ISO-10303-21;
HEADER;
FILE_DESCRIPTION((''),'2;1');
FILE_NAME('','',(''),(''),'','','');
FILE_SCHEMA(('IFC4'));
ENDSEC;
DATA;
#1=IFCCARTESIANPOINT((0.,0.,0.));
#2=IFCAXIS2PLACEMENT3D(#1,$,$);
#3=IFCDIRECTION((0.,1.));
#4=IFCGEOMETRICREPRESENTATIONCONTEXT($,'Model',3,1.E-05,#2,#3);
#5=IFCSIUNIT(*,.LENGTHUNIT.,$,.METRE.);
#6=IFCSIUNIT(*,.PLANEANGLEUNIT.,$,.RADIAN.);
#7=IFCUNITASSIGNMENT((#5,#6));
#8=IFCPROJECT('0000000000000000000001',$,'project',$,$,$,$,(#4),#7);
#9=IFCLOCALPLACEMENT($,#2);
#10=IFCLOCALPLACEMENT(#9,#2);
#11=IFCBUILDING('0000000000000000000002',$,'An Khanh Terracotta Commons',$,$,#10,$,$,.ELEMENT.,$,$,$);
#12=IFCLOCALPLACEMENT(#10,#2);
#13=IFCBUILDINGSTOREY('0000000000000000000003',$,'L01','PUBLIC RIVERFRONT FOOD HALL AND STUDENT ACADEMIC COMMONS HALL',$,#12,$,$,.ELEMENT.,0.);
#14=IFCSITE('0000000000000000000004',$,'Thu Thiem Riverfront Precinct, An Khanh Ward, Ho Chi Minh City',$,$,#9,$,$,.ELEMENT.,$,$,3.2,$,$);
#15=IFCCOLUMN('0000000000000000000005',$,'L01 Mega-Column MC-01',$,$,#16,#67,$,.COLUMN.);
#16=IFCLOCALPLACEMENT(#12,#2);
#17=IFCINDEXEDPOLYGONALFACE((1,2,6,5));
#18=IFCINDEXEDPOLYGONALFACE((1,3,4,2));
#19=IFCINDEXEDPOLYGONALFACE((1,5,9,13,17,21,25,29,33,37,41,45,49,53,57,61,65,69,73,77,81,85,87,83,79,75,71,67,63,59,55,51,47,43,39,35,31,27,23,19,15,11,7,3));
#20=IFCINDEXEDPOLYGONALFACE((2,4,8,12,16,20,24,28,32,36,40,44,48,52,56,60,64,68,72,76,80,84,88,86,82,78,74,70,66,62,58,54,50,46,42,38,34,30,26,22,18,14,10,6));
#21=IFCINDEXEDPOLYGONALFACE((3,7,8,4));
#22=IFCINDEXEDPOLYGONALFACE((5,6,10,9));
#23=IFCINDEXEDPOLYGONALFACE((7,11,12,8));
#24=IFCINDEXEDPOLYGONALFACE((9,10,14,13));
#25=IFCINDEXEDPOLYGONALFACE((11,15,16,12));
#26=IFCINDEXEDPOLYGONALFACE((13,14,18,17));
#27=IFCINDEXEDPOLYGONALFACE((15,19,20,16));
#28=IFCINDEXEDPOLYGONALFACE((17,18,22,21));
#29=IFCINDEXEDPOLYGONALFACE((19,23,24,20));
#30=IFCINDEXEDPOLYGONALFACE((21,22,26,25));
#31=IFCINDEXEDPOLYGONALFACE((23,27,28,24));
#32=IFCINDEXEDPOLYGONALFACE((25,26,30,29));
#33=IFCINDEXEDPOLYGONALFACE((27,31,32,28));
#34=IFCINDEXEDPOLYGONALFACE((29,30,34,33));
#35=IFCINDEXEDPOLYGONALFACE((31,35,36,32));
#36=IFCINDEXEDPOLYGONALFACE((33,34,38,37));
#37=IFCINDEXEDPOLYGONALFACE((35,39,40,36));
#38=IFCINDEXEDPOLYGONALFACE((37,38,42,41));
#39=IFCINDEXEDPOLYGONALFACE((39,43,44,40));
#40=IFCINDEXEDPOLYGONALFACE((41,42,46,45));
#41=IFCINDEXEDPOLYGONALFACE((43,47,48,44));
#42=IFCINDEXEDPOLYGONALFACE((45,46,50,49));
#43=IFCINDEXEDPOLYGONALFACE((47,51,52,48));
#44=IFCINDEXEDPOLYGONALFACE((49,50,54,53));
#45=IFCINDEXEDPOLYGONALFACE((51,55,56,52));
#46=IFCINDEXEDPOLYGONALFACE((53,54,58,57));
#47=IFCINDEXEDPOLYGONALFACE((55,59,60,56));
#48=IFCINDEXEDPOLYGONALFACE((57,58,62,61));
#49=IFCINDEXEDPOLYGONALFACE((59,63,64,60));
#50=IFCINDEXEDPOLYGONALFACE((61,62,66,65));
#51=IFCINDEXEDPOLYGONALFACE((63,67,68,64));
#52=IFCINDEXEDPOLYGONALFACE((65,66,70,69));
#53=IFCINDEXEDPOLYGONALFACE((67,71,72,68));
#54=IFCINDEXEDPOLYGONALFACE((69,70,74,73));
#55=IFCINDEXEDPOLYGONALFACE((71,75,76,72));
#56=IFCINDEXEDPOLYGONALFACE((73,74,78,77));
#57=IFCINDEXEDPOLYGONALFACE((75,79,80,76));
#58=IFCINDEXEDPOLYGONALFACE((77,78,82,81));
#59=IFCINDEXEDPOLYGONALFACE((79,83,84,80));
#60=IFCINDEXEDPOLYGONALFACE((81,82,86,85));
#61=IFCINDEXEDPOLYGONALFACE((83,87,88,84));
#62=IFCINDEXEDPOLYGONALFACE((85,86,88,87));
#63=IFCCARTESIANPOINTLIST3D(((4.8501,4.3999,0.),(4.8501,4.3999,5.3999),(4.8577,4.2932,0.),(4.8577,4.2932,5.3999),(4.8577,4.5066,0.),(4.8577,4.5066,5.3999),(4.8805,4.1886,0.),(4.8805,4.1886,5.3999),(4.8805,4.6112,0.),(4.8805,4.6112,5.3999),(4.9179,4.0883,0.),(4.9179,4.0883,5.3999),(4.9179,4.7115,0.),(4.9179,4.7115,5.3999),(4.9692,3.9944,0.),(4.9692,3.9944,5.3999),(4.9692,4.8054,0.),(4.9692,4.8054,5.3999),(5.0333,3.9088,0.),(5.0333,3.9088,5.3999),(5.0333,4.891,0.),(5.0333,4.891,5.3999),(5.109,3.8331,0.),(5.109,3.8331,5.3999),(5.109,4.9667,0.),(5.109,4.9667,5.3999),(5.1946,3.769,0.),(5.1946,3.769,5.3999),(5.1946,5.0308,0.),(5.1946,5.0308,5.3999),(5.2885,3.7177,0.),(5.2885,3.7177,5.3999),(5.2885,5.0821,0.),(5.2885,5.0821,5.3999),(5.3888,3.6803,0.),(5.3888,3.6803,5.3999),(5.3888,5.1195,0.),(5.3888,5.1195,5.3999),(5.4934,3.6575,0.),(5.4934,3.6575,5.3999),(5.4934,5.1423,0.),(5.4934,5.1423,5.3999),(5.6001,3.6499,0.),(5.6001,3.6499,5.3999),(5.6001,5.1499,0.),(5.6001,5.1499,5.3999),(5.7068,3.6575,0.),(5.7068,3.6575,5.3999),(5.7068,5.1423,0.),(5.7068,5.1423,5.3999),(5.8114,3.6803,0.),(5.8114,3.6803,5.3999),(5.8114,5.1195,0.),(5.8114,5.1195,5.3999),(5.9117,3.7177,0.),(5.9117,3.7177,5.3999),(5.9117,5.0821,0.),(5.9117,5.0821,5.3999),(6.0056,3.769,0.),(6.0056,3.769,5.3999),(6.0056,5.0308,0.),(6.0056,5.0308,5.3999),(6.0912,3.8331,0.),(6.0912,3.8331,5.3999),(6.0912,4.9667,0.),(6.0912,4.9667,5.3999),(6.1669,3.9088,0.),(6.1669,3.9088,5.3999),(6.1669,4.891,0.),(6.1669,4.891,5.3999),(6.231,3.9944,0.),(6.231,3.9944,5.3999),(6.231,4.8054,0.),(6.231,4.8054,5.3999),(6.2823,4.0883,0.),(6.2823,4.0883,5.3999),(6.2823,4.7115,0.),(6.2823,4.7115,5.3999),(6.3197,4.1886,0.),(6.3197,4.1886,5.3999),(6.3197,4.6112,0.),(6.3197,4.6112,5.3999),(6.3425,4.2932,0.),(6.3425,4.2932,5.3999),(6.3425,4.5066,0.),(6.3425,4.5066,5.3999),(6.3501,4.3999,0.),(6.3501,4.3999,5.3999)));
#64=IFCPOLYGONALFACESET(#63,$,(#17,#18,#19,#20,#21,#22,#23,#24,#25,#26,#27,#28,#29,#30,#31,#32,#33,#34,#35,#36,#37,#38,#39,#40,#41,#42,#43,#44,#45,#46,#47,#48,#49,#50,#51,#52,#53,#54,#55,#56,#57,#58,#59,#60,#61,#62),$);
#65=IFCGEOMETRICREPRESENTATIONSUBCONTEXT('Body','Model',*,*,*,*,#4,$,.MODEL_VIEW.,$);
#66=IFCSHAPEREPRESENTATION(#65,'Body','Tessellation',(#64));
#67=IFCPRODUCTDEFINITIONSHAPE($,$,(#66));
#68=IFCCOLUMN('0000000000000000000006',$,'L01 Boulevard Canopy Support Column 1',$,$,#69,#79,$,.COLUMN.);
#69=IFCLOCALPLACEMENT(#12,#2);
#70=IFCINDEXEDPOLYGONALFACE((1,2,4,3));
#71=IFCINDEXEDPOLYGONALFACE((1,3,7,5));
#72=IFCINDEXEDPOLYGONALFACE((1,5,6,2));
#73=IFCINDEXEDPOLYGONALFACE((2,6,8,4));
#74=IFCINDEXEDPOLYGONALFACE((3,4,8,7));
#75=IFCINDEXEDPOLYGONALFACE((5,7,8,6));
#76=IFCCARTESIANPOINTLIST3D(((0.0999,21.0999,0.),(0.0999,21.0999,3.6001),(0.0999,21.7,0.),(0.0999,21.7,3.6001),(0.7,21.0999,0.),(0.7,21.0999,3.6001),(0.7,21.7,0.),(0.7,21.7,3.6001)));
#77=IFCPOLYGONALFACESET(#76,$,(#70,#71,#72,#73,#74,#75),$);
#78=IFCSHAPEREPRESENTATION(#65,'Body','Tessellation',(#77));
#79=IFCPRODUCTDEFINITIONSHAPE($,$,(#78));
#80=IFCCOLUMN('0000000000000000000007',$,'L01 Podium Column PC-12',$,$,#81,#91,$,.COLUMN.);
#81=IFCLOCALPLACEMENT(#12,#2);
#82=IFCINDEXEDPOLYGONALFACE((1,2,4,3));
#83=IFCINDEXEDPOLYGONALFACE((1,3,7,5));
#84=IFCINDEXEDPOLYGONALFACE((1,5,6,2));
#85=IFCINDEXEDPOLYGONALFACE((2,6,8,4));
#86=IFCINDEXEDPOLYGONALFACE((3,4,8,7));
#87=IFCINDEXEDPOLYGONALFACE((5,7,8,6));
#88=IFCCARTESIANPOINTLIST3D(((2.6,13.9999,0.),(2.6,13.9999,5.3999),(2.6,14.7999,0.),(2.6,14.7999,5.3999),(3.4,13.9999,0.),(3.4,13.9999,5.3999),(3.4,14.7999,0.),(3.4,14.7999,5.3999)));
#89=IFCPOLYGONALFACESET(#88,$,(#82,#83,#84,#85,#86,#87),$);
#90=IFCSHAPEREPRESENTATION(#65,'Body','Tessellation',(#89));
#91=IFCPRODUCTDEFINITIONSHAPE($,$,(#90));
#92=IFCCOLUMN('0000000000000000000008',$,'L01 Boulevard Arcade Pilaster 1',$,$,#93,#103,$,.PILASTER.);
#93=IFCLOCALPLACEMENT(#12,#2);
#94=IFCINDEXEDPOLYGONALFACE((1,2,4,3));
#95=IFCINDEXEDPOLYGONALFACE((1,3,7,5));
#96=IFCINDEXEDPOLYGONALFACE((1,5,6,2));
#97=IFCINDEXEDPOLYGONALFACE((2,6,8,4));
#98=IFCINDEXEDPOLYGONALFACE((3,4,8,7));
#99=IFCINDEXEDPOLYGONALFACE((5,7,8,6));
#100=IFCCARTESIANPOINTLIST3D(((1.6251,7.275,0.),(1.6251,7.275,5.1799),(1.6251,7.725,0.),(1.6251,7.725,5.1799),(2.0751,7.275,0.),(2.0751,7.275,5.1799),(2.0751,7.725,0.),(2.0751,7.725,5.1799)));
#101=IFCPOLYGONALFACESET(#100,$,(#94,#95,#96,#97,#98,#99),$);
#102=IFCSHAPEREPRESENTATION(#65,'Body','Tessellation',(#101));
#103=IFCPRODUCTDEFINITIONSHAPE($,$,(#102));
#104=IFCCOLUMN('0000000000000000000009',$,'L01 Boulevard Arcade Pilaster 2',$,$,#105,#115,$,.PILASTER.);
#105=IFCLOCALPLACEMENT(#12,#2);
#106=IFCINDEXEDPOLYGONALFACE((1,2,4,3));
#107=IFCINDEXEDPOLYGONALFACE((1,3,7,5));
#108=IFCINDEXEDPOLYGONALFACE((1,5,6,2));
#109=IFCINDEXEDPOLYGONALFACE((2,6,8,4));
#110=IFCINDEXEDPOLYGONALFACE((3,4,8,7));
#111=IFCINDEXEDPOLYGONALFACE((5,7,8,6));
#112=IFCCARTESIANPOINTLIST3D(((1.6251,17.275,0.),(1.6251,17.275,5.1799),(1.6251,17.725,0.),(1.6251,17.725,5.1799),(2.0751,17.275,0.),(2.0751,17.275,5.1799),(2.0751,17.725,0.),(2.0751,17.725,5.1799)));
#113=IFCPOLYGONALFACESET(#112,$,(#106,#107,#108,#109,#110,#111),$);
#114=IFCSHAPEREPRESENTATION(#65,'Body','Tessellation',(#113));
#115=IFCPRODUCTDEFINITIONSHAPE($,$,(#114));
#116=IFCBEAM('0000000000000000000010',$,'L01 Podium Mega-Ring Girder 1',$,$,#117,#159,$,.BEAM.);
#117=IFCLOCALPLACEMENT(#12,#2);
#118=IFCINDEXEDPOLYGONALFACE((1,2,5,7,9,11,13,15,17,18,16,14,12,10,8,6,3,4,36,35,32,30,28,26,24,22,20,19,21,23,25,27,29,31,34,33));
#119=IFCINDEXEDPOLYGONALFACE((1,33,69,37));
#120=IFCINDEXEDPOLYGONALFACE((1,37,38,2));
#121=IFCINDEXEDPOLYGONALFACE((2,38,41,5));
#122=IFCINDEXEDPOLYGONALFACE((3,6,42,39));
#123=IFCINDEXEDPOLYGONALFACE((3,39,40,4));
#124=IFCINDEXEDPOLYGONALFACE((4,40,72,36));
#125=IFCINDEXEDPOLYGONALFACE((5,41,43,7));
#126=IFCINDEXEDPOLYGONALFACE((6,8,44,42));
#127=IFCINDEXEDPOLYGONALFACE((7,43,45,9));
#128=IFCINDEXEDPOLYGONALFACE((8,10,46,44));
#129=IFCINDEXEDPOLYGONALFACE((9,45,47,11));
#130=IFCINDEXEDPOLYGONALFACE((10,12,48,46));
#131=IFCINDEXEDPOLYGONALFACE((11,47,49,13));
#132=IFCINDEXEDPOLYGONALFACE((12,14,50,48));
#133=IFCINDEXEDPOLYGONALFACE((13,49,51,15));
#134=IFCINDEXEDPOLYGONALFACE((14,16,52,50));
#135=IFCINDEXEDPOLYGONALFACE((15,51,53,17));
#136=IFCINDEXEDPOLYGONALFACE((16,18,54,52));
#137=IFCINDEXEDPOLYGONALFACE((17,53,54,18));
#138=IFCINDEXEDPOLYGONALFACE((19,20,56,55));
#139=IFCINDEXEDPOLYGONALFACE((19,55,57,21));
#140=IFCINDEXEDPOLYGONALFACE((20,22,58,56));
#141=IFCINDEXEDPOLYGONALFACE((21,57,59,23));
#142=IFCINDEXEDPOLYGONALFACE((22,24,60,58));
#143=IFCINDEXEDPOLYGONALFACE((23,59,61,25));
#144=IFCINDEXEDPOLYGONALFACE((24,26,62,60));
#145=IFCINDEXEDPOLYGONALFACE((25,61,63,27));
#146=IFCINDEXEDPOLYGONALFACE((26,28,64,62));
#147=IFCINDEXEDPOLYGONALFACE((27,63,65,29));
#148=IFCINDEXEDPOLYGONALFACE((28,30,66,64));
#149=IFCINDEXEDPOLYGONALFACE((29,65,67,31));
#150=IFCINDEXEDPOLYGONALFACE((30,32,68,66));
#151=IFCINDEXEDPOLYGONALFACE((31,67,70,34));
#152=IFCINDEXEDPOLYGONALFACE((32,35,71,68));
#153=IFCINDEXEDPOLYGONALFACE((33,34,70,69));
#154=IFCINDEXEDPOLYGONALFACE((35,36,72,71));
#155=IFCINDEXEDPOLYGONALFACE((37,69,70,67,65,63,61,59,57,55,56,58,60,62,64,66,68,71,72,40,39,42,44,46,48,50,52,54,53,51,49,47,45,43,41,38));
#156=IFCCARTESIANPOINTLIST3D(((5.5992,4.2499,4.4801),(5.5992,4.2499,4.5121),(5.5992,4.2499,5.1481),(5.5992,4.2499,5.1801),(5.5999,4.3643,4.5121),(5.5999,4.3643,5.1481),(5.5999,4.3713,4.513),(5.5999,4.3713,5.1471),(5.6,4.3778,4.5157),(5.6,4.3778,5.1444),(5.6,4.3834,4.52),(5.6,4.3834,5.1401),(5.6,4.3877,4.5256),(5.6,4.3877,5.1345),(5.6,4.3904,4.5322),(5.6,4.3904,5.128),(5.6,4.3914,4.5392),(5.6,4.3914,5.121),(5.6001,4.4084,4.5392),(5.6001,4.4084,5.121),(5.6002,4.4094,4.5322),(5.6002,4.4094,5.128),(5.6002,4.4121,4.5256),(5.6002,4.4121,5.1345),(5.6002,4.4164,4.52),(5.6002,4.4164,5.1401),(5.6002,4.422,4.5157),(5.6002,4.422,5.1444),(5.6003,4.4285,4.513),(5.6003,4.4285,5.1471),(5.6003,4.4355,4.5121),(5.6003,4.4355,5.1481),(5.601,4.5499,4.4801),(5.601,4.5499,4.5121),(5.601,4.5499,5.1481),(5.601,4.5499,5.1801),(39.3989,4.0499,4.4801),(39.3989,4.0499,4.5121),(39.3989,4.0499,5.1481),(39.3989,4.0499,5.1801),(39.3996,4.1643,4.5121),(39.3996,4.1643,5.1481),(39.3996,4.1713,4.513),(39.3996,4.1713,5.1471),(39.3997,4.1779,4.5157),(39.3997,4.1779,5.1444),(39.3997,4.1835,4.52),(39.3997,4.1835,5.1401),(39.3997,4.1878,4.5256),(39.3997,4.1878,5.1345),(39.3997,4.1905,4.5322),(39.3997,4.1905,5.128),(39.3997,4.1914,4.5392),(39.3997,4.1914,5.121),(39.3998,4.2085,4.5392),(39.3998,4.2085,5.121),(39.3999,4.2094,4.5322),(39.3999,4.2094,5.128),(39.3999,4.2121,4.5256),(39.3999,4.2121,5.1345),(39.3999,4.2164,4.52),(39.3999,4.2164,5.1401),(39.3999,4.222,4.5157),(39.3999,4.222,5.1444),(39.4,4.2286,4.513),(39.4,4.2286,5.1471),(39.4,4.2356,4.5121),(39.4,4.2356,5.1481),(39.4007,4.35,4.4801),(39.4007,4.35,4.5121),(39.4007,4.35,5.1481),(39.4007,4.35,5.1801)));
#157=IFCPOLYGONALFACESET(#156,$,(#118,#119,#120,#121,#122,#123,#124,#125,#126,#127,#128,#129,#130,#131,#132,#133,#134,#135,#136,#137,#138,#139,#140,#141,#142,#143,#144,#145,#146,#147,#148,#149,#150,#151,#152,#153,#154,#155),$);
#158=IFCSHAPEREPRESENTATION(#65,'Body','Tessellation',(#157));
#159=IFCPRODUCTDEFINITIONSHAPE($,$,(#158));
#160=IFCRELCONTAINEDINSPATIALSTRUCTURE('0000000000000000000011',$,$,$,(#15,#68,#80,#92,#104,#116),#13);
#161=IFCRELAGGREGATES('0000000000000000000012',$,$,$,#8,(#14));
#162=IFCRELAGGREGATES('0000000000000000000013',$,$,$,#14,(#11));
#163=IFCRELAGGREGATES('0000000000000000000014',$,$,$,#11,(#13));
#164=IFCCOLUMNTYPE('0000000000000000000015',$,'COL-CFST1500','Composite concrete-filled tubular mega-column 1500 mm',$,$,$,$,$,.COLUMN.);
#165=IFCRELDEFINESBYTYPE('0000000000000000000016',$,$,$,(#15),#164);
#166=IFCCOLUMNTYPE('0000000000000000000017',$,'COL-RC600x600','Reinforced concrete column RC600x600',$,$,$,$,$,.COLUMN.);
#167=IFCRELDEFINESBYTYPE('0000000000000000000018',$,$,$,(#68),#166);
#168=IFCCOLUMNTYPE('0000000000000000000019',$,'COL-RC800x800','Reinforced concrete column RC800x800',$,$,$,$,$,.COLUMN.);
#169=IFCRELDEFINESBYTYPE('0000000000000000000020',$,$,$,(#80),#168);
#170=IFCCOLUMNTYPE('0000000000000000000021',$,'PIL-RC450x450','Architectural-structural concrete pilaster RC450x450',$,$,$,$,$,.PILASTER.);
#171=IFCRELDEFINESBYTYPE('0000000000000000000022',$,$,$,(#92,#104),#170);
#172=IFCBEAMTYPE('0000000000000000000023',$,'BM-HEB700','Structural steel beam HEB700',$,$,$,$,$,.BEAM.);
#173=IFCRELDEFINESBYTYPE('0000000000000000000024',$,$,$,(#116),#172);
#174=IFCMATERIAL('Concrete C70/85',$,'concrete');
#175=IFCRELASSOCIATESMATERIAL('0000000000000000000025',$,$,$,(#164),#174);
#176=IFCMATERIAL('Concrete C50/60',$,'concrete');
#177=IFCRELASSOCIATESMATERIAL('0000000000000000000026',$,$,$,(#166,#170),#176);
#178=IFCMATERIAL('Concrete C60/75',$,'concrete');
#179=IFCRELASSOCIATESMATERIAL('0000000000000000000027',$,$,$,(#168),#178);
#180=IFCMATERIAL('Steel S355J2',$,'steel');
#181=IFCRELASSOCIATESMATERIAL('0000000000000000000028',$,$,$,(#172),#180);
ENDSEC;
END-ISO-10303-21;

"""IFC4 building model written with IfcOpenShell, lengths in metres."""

from ifc_helpers import new_model, si_unit, direction, frame, origin, origin_2d, place, context, subcontext, project, spatial, rectangle, circle, i_section, extrude, material, material_profile, profile_set, type_object, element, save


model = new_model("IFC4")

# Units and contexts
model_context = context("Model", 3, precision=1e-05, world=origin(), true_north=direction((0.0, 1.0)))
body_context = subcontext(model_context, "Body", "Model", "MODEL_VIEW")
ifc_project = project(units=[si_unit("LENGTHUNIT", "METRE"), si_unit("PLANEANGLEUNIT", "RADIAN")], contexts=[model_context])

# Site, building, storey
site_placement = place(None, origin())
site = spatial("IfcSite", under=ifc_project, at=site_placement, Name="Thu Thiem Riverfront Precinct, An Khanh Ward, Ho Chi Minh City", CompositionType="ELEMENT", RefElevation=3.2)
building_placement = place(site_placement, origin())
building = spatial("IfcBuilding", under=site, at=building_placement, Name="An Khanh Terracotta Commons", CompositionType="ELEMENT")
storey_placement = place(building_placement, origin())
storey = spatial("IfcBuildingStorey", under=building, at=storey_placement, Name="L01", Description="PUBLIC RIVERFRONT FOOD HALL AND STUDENT ACADEMIC COMMONS HALL", CompositionType="ELEMENT", Elevation=0.0)

# Columns
ifc_material_1 = material(Name="Concrete C70/85", Category="concrete")
ifc_material_profile_1 = material_profile(ifc_material_1, circle(Radius=0.75, at=origin_2d()), Name="CFST1500")
ifc_profile_set_1 = profile_set([ifc_material_profile_1], Name="Concrete C70/85")
column_type_1 = type_object("IfcColumnType", Name="COL-CFST1500", Description="Composite concrete-filled tubular mega-column 1500 mm", PredefinedType="COLUMN", material=ifc_profile_set_1)
column_1_placement = place(storey_placement, frame((5.6001, 4.3999, 0.0), z_axis=(0.0, 0.0, 1.0), x_axis=(1.0, 0.0, 0.0)))
element("IfcColumn", 1, at=column_1_placement, inside=storey, type_object=column_type_1, Name="L01 Mega-Column MC-01", PredefinedType="COLUMN", context=body_context, shape_type="SweptSolid", body=[
    extrude(circle(Radius=0.75, at=origin_2d()), origin(), (0.0, 0.0, 1.0), 5.3999),
])
ifc_material_2 = material(Name="Concrete C50/60", Category="concrete")
ifc_material_profile_2 = material_profile(ifc_material_2, rectangle(XDim=0.6001, YDim=0.6001, at=origin_2d()), Name="RC600x600")
ifc_profile_set_2 = profile_set([ifc_material_profile_2], Name="Concrete C50/60")
column_type_2 = type_object("IfcColumnType", Name="COL-RC600x600", Description="Reinforced concrete column RC600x600", PredefinedType="COLUMN", material=ifc_profile_set_2)
column_2_placement = place(storey_placement, frame((0.3999, 21.3999, 0.0), z_axis=(0.0, 0.0, 1.0), x_axis=(1.0, 0.0, 0.0)))
element("IfcColumn", 2, at=column_2_placement, inside=storey, type_object=column_type_2, Name="L01 Boulevard Canopy Support Column 1", PredefinedType="COLUMN", context=body_context, shape_type="SweptSolid", body=[
    extrude(rectangle(XDim=0.6001, YDim=0.6001, at=origin_2d()), origin(), (0.0, 0.0, 1.0), 3.6001),
])
ifc_material_3 = material(Name="Concrete C60/75", Category="concrete")
ifc_material_profile_3 = material_profile(ifc_material_3, rectangle(XDim=0.8, YDim=0.8, at=origin_2d()), Name="RC800x800")
ifc_profile_set_3 = profile_set([ifc_material_profile_3], Name="Concrete C60/75")
column_type_3 = type_object("IfcColumnType", Name="COL-RC800x800", Description="Reinforced concrete column RC800x800", PredefinedType="COLUMN", material=ifc_profile_set_3)
column_3_placement = place(storey_placement, frame((3.0, 14.3999, 0.0), z_axis=(0.0, 0.0, 1.0), x_axis=(1.0, 0.0, 0.0)))
element("IfcColumn", 3, at=column_3_placement, inside=storey, type_object=column_type_3, Name="L01 Podium Column PC-12", PredefinedType="COLUMN", context=body_context, shape_type="SweptSolid", body=[
    extrude(rectangle(XDim=0.8, YDim=0.8, at=origin_2d()), origin(), (0.0, 0.0, 1.0), 5.3999),
])
ifc_material_profile_4 = material_profile(ifc_material_2, rectangle(XDim=0.45, YDim=0.45, at=origin_2d()), Name="RC450x450")
ifc_profile_set_4 = profile_set([ifc_material_profile_4], Name="Concrete C50/60")
column_type_4 = type_object("IfcColumnType", Name="PIL-RC450x450", Description="Architectural-structural concrete pilaster RC450x450", PredefinedType="PILASTER", material=ifc_profile_set_4)
for number, where, z_axis, x_axis, name in (
    (4, (1.8501, 7.5, 0.0), (0.0, 0.0, 1.0), (1.0, 0.0, 0.0), "L01 Boulevard Arcade Pilaster 1"),
    (5, (1.8501, 17.5, 0.0), (0.0, 0.0, 1.0), (1.0, 0.0, 0.0), "L01 Boulevard Arcade Pilaster 2"),
):
    element("IfcColumn", number, at=place(storey_placement, frame(where, z_axis=z_axis, x_axis=x_axis)), inside=storey, type_object=column_type_4, Name=name, PredefinedType="PILASTER", context=body_context, shape_type="SweptSolid", body=[
        extrude(rectangle(XDim=0.45, YDim=0.45, at=origin_2d()), origin(), (0.0, 0.0, 1.0), 5.1799),
    ])

# Beam
ifc_material_4 = material(Name="Steel S355J2", Category="steel")
ifc_material_profile_5 = material_profile(ifc_material_4, i_section(OverallWidth=0.3, OverallDepth=0.7, WebThickness=0.0171, FlangeThickness=0.032, FilletRadius=0.0271, at=origin_2d()), Name="HEB700")
ifc_profile_set_5 = profile_set([ifc_material_profile_5], Name="Steel S355J2")
beam_type_1 = type_object("IfcBeamType", Name="BM-HEB700", Description="Structural steel beam HEB700", PredefinedType="BEAM", material=ifc_profile_set_5)
beam_1_placement = place(storey_placement, frame((5.6001, 4.3999, 4.8301), z_axis=(0.999983, -0.005916, 0.0), x_axis=(0.005916, 0.999983, 0.0)))
element("IfcBeam", 6, at=beam_1_placement, inside=storey, type_object=beam_type_1, Name="L01 Podium Mega-Ring Girder 1", PredefinedType="BEAM", context=body_context, shape_type="SweptSolid", body=[
    extrude(i_section(OverallWidth=0.3, OverallDepth=0.7, WebThickness=0.0171, FlangeThickness=0.032, FilletRadius=0.0271, at=origin_2d()), origin(), (0.0, 0.0, 1.0), 33.8003),
])

save(model, "model.ifc")
